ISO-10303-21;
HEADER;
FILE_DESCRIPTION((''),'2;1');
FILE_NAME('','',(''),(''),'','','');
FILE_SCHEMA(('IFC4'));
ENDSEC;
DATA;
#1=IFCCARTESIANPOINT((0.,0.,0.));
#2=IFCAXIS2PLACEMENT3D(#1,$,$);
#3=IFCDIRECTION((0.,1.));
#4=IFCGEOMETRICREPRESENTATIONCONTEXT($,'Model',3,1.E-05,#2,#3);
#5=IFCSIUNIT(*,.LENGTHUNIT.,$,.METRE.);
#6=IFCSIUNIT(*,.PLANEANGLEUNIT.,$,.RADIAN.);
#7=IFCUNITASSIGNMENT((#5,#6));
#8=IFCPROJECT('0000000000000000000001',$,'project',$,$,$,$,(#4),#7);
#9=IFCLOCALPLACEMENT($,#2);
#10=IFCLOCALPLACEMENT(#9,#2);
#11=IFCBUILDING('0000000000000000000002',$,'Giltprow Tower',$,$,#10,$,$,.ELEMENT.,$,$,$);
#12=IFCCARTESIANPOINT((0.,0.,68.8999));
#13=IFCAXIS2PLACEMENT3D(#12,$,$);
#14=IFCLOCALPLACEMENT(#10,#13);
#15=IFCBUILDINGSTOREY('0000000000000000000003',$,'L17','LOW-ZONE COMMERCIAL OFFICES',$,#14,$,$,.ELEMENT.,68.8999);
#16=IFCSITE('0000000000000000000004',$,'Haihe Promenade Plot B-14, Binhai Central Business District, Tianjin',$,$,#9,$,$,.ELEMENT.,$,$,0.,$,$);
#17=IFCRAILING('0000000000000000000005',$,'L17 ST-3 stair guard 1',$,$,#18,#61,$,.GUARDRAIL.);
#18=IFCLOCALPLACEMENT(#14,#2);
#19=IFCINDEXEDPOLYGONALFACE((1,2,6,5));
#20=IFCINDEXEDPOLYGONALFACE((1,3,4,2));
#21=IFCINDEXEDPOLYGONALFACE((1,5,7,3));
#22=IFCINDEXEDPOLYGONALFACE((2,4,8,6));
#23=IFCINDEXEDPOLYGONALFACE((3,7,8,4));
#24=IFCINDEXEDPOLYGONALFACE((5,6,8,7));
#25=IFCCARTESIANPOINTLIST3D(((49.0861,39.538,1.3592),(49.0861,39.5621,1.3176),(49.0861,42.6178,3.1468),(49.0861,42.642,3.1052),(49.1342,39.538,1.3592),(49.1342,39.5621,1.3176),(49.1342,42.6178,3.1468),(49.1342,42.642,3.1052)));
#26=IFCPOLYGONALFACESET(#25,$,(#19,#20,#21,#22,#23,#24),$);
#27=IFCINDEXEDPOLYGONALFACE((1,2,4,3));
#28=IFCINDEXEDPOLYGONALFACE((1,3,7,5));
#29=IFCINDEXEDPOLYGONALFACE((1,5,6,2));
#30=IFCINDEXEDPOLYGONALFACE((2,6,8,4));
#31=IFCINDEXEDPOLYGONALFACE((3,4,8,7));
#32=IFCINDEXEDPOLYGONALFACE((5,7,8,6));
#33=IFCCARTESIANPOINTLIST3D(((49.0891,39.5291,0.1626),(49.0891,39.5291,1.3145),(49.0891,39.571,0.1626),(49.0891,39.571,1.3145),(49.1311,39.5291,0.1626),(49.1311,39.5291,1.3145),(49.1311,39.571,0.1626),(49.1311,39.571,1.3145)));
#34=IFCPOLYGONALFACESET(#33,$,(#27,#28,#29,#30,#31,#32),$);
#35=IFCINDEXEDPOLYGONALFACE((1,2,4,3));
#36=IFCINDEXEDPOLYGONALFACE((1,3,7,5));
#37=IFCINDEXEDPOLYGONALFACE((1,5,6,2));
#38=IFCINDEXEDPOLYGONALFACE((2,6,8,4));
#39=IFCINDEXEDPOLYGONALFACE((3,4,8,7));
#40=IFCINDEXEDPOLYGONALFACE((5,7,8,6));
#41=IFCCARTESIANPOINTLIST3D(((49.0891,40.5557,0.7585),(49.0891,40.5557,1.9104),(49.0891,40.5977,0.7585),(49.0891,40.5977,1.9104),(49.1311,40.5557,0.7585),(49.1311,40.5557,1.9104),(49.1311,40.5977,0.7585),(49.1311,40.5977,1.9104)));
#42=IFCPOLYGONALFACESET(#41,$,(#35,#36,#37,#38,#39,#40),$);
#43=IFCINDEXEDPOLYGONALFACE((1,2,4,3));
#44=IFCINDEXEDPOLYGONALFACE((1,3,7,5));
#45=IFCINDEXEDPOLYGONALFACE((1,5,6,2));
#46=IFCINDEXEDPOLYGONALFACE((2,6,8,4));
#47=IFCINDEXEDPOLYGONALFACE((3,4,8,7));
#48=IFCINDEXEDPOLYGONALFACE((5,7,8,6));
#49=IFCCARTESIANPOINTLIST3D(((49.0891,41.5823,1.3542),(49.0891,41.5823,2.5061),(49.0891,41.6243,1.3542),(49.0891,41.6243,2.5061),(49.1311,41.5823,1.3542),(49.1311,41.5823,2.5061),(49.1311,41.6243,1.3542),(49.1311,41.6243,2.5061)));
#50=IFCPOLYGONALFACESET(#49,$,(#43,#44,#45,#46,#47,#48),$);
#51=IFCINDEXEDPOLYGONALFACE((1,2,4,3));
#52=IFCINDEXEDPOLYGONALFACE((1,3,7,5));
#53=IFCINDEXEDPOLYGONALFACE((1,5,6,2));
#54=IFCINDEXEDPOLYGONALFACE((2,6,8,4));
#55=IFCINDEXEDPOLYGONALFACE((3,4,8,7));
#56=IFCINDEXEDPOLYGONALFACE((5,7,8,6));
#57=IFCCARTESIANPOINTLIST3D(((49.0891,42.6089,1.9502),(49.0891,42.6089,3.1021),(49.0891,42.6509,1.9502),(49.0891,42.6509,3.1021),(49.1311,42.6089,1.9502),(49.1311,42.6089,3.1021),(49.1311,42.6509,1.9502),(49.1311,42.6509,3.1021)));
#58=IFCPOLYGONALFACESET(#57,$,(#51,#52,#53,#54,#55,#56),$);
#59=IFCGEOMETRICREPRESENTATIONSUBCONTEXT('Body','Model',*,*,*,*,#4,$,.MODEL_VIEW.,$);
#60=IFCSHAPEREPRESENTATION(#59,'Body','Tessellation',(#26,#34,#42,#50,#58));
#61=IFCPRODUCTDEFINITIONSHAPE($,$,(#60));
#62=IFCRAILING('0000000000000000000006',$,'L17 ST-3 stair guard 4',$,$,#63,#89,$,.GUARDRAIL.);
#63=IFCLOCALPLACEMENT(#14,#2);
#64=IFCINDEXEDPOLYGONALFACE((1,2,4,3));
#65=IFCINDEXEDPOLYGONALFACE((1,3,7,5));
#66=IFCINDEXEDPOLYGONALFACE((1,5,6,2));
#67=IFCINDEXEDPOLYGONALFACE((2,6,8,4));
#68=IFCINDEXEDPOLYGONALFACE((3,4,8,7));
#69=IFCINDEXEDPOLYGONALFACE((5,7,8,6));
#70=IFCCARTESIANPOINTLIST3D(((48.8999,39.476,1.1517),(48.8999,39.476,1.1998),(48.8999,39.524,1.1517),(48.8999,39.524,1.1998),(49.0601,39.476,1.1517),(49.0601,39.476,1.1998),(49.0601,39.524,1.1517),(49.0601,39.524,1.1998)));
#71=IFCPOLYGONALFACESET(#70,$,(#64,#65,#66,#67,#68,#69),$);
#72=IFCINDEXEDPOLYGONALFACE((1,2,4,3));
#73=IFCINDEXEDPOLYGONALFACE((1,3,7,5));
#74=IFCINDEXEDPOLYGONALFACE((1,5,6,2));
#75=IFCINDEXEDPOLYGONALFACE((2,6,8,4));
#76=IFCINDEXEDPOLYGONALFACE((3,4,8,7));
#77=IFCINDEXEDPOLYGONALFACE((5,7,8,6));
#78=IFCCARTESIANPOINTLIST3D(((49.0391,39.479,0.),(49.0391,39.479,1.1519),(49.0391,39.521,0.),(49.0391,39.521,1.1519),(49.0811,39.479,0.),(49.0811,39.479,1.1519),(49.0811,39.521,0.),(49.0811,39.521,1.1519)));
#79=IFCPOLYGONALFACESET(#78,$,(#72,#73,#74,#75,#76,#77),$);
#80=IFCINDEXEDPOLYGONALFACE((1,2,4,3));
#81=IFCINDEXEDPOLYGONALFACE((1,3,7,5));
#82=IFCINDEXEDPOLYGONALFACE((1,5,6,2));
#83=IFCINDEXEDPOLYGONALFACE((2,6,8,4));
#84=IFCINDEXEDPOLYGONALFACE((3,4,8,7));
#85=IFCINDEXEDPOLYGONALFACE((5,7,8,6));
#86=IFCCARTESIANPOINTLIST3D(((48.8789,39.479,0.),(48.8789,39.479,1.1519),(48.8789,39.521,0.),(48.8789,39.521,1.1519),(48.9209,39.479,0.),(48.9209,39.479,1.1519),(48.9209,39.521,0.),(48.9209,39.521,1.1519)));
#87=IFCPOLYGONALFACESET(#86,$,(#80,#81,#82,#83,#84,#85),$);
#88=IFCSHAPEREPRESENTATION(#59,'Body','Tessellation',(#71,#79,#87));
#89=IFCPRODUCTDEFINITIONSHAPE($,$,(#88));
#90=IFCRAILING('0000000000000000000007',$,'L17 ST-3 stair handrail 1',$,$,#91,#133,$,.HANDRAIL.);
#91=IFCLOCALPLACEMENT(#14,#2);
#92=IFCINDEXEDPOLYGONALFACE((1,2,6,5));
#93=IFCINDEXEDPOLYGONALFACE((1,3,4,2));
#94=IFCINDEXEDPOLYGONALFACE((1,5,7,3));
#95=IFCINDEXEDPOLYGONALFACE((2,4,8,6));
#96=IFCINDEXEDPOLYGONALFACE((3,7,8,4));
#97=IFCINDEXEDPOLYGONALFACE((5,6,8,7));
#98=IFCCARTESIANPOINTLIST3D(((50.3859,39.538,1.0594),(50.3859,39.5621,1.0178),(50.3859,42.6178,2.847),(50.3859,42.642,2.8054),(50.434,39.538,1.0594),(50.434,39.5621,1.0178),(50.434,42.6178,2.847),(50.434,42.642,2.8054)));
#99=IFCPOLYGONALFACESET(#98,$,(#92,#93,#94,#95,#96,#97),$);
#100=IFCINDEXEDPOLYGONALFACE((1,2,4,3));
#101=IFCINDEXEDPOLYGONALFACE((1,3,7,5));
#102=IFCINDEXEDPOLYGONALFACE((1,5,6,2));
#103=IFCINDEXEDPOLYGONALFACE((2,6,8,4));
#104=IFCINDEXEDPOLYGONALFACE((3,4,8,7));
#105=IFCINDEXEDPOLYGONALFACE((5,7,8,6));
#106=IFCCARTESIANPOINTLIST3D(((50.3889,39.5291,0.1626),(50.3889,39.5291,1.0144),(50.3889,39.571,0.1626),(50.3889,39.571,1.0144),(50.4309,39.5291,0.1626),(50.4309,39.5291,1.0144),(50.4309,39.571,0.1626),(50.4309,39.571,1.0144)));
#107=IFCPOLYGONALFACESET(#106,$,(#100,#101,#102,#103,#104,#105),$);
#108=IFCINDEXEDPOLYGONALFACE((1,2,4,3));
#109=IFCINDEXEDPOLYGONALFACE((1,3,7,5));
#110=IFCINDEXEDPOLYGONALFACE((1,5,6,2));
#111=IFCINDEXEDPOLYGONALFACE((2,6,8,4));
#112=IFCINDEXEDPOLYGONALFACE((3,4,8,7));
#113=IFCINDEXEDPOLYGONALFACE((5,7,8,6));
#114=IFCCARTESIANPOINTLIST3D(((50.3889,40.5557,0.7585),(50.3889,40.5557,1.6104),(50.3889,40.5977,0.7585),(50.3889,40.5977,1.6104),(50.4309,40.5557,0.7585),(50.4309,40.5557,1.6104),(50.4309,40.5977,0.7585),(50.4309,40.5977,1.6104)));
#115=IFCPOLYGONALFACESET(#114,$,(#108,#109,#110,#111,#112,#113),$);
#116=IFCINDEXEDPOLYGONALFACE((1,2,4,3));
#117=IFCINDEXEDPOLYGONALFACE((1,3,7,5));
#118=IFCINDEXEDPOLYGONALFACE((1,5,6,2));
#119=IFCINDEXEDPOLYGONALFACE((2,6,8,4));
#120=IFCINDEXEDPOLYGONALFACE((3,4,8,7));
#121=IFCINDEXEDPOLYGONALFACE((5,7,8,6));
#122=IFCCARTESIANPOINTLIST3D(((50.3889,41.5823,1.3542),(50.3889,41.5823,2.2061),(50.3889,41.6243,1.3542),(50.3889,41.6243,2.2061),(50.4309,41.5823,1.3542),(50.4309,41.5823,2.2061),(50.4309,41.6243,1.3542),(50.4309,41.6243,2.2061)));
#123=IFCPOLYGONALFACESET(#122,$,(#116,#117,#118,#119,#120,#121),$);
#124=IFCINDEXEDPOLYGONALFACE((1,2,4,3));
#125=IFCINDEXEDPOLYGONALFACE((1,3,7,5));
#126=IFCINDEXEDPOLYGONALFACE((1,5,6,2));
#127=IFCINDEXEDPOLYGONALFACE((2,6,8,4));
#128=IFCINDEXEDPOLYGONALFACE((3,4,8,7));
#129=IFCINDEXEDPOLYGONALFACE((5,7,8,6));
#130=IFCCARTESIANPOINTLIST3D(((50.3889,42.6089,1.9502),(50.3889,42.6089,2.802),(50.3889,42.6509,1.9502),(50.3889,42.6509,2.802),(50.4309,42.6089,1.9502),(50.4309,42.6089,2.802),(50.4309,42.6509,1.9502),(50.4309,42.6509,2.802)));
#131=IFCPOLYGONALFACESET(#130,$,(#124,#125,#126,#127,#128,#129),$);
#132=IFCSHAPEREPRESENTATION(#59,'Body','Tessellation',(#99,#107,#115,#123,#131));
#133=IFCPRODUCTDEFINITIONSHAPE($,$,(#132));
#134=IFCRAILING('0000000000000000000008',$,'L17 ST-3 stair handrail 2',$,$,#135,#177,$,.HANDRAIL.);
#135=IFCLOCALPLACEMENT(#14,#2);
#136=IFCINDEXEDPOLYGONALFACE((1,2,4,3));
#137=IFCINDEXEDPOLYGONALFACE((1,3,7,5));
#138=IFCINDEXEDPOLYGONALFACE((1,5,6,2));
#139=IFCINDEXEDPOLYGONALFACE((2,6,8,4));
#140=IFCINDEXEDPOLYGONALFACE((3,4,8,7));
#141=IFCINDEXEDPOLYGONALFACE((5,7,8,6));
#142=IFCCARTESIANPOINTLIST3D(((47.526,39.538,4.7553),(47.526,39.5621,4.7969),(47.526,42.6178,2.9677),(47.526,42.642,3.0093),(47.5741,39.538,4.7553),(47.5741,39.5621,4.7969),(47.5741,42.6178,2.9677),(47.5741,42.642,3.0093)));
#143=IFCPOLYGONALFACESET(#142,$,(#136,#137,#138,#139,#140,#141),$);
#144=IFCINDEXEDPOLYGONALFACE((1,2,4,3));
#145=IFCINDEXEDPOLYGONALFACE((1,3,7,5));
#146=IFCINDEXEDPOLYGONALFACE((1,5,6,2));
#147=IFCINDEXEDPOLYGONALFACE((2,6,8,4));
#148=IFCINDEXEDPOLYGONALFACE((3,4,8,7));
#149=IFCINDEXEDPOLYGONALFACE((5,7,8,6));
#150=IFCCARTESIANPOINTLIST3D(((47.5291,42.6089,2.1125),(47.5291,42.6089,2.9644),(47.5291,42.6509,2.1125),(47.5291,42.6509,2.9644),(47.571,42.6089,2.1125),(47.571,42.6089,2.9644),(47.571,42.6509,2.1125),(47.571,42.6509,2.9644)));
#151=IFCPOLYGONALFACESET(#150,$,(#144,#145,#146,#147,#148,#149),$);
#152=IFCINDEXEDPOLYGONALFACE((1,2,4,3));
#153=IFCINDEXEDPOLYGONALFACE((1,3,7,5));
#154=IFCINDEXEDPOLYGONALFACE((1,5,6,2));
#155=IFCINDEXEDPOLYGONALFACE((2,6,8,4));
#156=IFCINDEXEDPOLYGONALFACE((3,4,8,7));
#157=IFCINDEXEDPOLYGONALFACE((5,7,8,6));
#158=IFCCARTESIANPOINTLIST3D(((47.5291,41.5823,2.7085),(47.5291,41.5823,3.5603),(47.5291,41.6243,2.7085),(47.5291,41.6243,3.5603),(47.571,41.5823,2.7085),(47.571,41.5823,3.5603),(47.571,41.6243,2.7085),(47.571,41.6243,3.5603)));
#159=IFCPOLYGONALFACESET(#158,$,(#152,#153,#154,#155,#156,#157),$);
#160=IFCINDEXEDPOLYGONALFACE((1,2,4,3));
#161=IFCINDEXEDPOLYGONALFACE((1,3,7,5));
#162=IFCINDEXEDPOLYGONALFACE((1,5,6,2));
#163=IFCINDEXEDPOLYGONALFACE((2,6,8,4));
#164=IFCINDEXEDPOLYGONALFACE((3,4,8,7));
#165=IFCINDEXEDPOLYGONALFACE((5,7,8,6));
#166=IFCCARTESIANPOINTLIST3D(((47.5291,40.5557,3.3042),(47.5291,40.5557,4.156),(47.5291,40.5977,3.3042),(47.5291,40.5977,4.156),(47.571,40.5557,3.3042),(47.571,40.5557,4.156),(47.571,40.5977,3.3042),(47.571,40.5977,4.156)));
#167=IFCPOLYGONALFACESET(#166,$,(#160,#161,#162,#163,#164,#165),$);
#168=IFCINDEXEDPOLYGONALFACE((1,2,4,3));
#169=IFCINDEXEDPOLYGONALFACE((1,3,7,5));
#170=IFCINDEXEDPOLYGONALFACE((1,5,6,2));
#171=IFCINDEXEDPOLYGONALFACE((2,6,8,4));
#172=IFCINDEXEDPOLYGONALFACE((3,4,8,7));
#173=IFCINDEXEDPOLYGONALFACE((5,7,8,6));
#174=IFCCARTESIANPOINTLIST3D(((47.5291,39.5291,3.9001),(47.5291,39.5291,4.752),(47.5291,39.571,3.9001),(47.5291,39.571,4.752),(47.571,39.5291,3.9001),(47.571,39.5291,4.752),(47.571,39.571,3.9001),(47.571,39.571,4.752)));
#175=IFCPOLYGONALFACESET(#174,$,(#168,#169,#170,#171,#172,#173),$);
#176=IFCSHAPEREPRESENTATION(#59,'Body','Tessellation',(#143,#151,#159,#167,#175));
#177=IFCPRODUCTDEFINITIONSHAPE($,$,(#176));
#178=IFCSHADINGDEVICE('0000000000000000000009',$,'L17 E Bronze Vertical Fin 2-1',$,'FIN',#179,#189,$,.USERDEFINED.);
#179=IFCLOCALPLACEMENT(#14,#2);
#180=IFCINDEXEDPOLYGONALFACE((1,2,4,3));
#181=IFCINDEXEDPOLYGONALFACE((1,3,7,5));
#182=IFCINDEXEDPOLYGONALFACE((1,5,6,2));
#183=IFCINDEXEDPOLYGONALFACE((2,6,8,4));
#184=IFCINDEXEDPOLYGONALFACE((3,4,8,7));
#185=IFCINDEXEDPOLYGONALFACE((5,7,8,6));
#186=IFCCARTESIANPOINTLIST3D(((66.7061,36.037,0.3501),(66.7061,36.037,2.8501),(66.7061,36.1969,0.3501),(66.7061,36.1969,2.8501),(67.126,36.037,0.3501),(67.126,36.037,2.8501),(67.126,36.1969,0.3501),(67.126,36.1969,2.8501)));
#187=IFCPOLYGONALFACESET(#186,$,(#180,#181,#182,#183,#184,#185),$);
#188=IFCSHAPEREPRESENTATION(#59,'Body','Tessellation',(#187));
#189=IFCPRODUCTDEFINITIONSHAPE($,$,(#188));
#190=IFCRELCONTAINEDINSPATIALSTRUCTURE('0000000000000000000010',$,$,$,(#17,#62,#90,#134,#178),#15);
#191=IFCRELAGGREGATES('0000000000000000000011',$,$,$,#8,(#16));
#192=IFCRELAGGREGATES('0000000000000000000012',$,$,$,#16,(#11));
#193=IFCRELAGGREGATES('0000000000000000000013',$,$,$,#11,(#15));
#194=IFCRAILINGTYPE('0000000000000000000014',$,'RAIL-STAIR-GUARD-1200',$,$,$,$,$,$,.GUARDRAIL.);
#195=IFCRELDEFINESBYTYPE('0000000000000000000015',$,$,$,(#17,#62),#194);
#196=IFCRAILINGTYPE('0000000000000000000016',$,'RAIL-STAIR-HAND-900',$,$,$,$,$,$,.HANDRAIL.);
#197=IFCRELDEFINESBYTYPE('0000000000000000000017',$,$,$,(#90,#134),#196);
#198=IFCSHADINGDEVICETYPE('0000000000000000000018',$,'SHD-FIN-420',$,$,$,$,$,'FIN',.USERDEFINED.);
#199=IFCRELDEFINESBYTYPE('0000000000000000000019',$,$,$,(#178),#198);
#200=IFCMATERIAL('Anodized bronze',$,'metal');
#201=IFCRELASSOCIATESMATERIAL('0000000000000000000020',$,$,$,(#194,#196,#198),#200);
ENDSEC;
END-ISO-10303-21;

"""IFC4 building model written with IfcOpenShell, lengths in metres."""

from ifc_helpers import new_model, si_unit, direction, frame, origin, origin_2d, place, context, subcontext, project, spatial, rectangle, extrude, source, transform, mapped, material, type_object, element, save


model = new_model("IFC4")

# Units and contexts
model_context = context("Model", 3, precision=1e-05, world=origin(), true_north=direction((0.0, 1.0)))
body_context = subcontext(model_context, "Body", "Model", "MODEL_VIEW")
ifc_project = project(units=[si_unit("LENGTHUNIT", "METRE"), si_unit("PLANEANGLEUNIT", "RADIAN")], contexts=[model_context])

# Site, building, storey
site_placement = place(None, origin())
site = spatial("IfcSite", under=ifc_project, at=site_placement, Name="Haihe Promenade Plot B-14, Binhai Central Business District, Tianjin", CompositionType="ELEMENT", RefElevation=0.0)
building_placement = place(site_placement, origin())
building = spatial("IfcBuilding", under=site, at=building_placement, Name="Giltprow Tower", CompositionType="ELEMENT")
storey_placement = place(building_placement, frame((0.0, 0.0, 68.8999)))
storey = spatial("IfcBuildingStorey", under=building, at=storey_placement, Name="L17", Description="LOW-ZONE COMMERCIAL OFFICES", CompositionType="ELEMENT", Elevation=68.8999)

# Railings
ifc_material_1 = material(Name="Anodized bronze", Category="metal")
railing_type_1 = type_object("IfcRailingType", Name="RAIL-STAIR-GUARD-1200", PredefinedType="GUARDRAIL", material=ifc_material_1)
railing_1_placement = place(storey_placement, frame((49.1101, 39.55, 0.1626)))
element("IfcRailing", 1, at=railing_1_placement, inside=storey, type_object=railing_type_1, Name="L17 ST-3 stair guard 1", PredefinedType="GUARDRAIL", context=body_context, shape_type="SweptSolid", body=[
    extrude(rectangle(XDim=0.0481, YDim=0.0481, at=origin_2d()), frame((0.0, 0.0, 1.1758), z_axis=(0.0, 0.864873, 0.50199), x_axis=(-1.0, 0.0, 0.0)), (0.0, 0.0, 1.0), 3.561),
    extrude(rectangle(XDim=0.042, YDim=0.042, at=origin_2d()), origin(), (0.0, 0.0, 1.0), 1.1519),
    extrude(rectangle(XDim=0.042, YDim=0.042, at=origin_2d()), frame((0.0, 1.0266, 0.5959)), (0.0, 0.0, 1.0), 1.1519),
    extrude(rectangle(XDim=0.042, YDim=0.042, at=origin_2d()), frame((0.0, 2.0532, 1.1917)), (0.0, 0.0, 1.0), 1.1519),
    extrude(rectangle(XDim=0.042, YDim=0.042, at=origin_2d()), frame((0.0, 3.0798, 1.7876)), (0.0, 0.0, 1.0), 1.1519),
])
railing_2_placement = place(storey_placement, frame((49.0601, 39.5, 0.0)))
element("IfcRailing", 2, at=railing_2_placement, inside=storey, type_object=railing_type_1, Name="L17 ST-3 stair guard 4", PredefinedType="GUARDRAIL", context=body_context, shape_type="SweptSolid", body=[
    extrude(rectangle(XDim=0.0481, YDim=0.0481, at=origin_2d()), frame((0.0, 0.0, 1.1758), z_axis=(-1.0, 0.0, 0.0), x_axis=(0.0, -1.0, 0.0)), (0.0, 0.0, 1.0), 0.1602),
    extrude(rectangle(XDim=0.042, YDim=0.042, at=origin_2d()), origin(), (0.0, 0.0, 1.0), 1.1519),
    extrude(rectangle(XDim=0.042, YDim=0.042, at=origin_2d()), frame((-0.1602, 0.0, 0.0)), (0.0, 0.0, 1.0), 1.1519),
])
railing_type_2 = type_object("IfcRailingType", Name="RAIL-STAIR-HAND-900", PredefinedType="HANDRAIL", material=ifc_material_1)
railing_3_placement = place(storey_placement, frame((50.4099, 39.55, 0.1626)))
element("IfcRailing", 3, at=railing_3_placement, inside=storey, type_object=railing_type_2, Name="L17 ST-3 stair handrail 1", PredefinedType="HANDRAIL", context=body_context, shape_type="SweptSolid", body=[
    extrude(rectangle(XDim=0.0481, YDim=0.0481, at=origin_2d()), frame((0.0, 0.0, 0.876), z_axis=(0.0, 0.864873, 0.50199), x_axis=(-1.0, 0.0, 0.0)), (0.0, 0.0, 1.0), 3.561),
    extrude(rectangle(XDim=0.042, YDim=0.042, at=origin_2d()), origin(), (0.0, 0.0, 1.0), 0.8518),
    extrude(rectangle(XDim=0.042, YDim=0.042, at=origin_2d()), frame((0.0, 1.0266, 0.5959)), (0.0, 0.0, 1.0), 0.8518),
    extrude(rectangle(XDim=0.042, YDim=0.042, at=origin_2d()), frame((0.0, 2.0532, 1.1917)), (0.0, 0.0, 1.0), 0.8518),
    extrude(rectangle(XDim=0.042, YDim=0.042, at=origin_2d()), frame((0.0, 3.0798, 1.7876)), (0.0, 0.0, 1.0), 0.8518),
])
railing_4_placement = place(storey_placement, frame((47.55, 42.6299, 2.1125)))
element("IfcRailing", 4, at=railing_4_placement, inside=storey, type_object=railing_type_2, Name="L17 ST-3 stair handrail 2", PredefinedType="HANDRAIL", context=body_context, shape_type="SweptSolid", body=[
    extrude(rectangle(XDim=0.0481, YDim=0.0481, at=origin_2d()), frame((0.0, 0.0, 0.876), z_axis=(0.0, -0.864873, 0.50199), x_axis=(1.0, 0.0, 0.0)), (0.0, 0.0, 1.0), 3.561),
    extrude(rectangle(XDim=0.042, YDim=0.042, at=origin_2d()), origin(), (0.0, 0.0, 1.0), 0.8518),
    extrude(rectangle(XDim=0.042, YDim=0.042, at=origin_2d()), frame((0.0, -1.0266, 0.5959)), (0.0, 0.0, 1.0), 0.8518),
    extrude(rectangle(XDim=0.042, YDim=0.042, at=origin_2d()), frame((0.0, -2.0532, 1.1917)), (0.0, 0.0, 1.0), 0.8518),
    extrude(rectangle(XDim=0.042, YDim=0.042, at=origin_2d()), frame((0.0, -3.0798, 1.7876)), (0.0, 0.0, 1.0), 0.8518),
])

# Shading device
shading_device_type = type_object("IfcShadingDeviceType", Name="SHD-FIN-420", ElementType="FIN", PredefinedType="USERDEFINED", material=ifc_material_1)
shared_shape_1 = source(origin(), body_context, "Body", "SweptSolid", [
    extrude(rectangle(XDim=0.4199, YDim=0.1599, at=origin_2d()), origin(), (0.0, 0.0, 1.0), 2.5),
])
shading_device_placement = place(storey_placement, frame((66.916, 36.1169, 0.3501), z_axis=(0.0, 0.0, 1.0), x_axis=(1.0, 0.0, 0.0)))
element("IfcShadingDevice", 5, at=shading_device_placement, inside=storey, type_object=shading_device_type, Name="L17 E Bronze Vertical Fin 2-1", ObjectType="FIN", PredefinedType="USERDEFINED", context=body_context, shape_type="MappedRepresentation", body=[
    mapped(shared_shape_1, transform((0.0, 0.0, 0.0), x_axis=(1.0, 0.0, 0.0), y_axis=(0.0, 1.0, 0.0), z_axis=(0.0, 0.0, 1.0), scale=1.0)),
])

save(model, "model.ifc")
